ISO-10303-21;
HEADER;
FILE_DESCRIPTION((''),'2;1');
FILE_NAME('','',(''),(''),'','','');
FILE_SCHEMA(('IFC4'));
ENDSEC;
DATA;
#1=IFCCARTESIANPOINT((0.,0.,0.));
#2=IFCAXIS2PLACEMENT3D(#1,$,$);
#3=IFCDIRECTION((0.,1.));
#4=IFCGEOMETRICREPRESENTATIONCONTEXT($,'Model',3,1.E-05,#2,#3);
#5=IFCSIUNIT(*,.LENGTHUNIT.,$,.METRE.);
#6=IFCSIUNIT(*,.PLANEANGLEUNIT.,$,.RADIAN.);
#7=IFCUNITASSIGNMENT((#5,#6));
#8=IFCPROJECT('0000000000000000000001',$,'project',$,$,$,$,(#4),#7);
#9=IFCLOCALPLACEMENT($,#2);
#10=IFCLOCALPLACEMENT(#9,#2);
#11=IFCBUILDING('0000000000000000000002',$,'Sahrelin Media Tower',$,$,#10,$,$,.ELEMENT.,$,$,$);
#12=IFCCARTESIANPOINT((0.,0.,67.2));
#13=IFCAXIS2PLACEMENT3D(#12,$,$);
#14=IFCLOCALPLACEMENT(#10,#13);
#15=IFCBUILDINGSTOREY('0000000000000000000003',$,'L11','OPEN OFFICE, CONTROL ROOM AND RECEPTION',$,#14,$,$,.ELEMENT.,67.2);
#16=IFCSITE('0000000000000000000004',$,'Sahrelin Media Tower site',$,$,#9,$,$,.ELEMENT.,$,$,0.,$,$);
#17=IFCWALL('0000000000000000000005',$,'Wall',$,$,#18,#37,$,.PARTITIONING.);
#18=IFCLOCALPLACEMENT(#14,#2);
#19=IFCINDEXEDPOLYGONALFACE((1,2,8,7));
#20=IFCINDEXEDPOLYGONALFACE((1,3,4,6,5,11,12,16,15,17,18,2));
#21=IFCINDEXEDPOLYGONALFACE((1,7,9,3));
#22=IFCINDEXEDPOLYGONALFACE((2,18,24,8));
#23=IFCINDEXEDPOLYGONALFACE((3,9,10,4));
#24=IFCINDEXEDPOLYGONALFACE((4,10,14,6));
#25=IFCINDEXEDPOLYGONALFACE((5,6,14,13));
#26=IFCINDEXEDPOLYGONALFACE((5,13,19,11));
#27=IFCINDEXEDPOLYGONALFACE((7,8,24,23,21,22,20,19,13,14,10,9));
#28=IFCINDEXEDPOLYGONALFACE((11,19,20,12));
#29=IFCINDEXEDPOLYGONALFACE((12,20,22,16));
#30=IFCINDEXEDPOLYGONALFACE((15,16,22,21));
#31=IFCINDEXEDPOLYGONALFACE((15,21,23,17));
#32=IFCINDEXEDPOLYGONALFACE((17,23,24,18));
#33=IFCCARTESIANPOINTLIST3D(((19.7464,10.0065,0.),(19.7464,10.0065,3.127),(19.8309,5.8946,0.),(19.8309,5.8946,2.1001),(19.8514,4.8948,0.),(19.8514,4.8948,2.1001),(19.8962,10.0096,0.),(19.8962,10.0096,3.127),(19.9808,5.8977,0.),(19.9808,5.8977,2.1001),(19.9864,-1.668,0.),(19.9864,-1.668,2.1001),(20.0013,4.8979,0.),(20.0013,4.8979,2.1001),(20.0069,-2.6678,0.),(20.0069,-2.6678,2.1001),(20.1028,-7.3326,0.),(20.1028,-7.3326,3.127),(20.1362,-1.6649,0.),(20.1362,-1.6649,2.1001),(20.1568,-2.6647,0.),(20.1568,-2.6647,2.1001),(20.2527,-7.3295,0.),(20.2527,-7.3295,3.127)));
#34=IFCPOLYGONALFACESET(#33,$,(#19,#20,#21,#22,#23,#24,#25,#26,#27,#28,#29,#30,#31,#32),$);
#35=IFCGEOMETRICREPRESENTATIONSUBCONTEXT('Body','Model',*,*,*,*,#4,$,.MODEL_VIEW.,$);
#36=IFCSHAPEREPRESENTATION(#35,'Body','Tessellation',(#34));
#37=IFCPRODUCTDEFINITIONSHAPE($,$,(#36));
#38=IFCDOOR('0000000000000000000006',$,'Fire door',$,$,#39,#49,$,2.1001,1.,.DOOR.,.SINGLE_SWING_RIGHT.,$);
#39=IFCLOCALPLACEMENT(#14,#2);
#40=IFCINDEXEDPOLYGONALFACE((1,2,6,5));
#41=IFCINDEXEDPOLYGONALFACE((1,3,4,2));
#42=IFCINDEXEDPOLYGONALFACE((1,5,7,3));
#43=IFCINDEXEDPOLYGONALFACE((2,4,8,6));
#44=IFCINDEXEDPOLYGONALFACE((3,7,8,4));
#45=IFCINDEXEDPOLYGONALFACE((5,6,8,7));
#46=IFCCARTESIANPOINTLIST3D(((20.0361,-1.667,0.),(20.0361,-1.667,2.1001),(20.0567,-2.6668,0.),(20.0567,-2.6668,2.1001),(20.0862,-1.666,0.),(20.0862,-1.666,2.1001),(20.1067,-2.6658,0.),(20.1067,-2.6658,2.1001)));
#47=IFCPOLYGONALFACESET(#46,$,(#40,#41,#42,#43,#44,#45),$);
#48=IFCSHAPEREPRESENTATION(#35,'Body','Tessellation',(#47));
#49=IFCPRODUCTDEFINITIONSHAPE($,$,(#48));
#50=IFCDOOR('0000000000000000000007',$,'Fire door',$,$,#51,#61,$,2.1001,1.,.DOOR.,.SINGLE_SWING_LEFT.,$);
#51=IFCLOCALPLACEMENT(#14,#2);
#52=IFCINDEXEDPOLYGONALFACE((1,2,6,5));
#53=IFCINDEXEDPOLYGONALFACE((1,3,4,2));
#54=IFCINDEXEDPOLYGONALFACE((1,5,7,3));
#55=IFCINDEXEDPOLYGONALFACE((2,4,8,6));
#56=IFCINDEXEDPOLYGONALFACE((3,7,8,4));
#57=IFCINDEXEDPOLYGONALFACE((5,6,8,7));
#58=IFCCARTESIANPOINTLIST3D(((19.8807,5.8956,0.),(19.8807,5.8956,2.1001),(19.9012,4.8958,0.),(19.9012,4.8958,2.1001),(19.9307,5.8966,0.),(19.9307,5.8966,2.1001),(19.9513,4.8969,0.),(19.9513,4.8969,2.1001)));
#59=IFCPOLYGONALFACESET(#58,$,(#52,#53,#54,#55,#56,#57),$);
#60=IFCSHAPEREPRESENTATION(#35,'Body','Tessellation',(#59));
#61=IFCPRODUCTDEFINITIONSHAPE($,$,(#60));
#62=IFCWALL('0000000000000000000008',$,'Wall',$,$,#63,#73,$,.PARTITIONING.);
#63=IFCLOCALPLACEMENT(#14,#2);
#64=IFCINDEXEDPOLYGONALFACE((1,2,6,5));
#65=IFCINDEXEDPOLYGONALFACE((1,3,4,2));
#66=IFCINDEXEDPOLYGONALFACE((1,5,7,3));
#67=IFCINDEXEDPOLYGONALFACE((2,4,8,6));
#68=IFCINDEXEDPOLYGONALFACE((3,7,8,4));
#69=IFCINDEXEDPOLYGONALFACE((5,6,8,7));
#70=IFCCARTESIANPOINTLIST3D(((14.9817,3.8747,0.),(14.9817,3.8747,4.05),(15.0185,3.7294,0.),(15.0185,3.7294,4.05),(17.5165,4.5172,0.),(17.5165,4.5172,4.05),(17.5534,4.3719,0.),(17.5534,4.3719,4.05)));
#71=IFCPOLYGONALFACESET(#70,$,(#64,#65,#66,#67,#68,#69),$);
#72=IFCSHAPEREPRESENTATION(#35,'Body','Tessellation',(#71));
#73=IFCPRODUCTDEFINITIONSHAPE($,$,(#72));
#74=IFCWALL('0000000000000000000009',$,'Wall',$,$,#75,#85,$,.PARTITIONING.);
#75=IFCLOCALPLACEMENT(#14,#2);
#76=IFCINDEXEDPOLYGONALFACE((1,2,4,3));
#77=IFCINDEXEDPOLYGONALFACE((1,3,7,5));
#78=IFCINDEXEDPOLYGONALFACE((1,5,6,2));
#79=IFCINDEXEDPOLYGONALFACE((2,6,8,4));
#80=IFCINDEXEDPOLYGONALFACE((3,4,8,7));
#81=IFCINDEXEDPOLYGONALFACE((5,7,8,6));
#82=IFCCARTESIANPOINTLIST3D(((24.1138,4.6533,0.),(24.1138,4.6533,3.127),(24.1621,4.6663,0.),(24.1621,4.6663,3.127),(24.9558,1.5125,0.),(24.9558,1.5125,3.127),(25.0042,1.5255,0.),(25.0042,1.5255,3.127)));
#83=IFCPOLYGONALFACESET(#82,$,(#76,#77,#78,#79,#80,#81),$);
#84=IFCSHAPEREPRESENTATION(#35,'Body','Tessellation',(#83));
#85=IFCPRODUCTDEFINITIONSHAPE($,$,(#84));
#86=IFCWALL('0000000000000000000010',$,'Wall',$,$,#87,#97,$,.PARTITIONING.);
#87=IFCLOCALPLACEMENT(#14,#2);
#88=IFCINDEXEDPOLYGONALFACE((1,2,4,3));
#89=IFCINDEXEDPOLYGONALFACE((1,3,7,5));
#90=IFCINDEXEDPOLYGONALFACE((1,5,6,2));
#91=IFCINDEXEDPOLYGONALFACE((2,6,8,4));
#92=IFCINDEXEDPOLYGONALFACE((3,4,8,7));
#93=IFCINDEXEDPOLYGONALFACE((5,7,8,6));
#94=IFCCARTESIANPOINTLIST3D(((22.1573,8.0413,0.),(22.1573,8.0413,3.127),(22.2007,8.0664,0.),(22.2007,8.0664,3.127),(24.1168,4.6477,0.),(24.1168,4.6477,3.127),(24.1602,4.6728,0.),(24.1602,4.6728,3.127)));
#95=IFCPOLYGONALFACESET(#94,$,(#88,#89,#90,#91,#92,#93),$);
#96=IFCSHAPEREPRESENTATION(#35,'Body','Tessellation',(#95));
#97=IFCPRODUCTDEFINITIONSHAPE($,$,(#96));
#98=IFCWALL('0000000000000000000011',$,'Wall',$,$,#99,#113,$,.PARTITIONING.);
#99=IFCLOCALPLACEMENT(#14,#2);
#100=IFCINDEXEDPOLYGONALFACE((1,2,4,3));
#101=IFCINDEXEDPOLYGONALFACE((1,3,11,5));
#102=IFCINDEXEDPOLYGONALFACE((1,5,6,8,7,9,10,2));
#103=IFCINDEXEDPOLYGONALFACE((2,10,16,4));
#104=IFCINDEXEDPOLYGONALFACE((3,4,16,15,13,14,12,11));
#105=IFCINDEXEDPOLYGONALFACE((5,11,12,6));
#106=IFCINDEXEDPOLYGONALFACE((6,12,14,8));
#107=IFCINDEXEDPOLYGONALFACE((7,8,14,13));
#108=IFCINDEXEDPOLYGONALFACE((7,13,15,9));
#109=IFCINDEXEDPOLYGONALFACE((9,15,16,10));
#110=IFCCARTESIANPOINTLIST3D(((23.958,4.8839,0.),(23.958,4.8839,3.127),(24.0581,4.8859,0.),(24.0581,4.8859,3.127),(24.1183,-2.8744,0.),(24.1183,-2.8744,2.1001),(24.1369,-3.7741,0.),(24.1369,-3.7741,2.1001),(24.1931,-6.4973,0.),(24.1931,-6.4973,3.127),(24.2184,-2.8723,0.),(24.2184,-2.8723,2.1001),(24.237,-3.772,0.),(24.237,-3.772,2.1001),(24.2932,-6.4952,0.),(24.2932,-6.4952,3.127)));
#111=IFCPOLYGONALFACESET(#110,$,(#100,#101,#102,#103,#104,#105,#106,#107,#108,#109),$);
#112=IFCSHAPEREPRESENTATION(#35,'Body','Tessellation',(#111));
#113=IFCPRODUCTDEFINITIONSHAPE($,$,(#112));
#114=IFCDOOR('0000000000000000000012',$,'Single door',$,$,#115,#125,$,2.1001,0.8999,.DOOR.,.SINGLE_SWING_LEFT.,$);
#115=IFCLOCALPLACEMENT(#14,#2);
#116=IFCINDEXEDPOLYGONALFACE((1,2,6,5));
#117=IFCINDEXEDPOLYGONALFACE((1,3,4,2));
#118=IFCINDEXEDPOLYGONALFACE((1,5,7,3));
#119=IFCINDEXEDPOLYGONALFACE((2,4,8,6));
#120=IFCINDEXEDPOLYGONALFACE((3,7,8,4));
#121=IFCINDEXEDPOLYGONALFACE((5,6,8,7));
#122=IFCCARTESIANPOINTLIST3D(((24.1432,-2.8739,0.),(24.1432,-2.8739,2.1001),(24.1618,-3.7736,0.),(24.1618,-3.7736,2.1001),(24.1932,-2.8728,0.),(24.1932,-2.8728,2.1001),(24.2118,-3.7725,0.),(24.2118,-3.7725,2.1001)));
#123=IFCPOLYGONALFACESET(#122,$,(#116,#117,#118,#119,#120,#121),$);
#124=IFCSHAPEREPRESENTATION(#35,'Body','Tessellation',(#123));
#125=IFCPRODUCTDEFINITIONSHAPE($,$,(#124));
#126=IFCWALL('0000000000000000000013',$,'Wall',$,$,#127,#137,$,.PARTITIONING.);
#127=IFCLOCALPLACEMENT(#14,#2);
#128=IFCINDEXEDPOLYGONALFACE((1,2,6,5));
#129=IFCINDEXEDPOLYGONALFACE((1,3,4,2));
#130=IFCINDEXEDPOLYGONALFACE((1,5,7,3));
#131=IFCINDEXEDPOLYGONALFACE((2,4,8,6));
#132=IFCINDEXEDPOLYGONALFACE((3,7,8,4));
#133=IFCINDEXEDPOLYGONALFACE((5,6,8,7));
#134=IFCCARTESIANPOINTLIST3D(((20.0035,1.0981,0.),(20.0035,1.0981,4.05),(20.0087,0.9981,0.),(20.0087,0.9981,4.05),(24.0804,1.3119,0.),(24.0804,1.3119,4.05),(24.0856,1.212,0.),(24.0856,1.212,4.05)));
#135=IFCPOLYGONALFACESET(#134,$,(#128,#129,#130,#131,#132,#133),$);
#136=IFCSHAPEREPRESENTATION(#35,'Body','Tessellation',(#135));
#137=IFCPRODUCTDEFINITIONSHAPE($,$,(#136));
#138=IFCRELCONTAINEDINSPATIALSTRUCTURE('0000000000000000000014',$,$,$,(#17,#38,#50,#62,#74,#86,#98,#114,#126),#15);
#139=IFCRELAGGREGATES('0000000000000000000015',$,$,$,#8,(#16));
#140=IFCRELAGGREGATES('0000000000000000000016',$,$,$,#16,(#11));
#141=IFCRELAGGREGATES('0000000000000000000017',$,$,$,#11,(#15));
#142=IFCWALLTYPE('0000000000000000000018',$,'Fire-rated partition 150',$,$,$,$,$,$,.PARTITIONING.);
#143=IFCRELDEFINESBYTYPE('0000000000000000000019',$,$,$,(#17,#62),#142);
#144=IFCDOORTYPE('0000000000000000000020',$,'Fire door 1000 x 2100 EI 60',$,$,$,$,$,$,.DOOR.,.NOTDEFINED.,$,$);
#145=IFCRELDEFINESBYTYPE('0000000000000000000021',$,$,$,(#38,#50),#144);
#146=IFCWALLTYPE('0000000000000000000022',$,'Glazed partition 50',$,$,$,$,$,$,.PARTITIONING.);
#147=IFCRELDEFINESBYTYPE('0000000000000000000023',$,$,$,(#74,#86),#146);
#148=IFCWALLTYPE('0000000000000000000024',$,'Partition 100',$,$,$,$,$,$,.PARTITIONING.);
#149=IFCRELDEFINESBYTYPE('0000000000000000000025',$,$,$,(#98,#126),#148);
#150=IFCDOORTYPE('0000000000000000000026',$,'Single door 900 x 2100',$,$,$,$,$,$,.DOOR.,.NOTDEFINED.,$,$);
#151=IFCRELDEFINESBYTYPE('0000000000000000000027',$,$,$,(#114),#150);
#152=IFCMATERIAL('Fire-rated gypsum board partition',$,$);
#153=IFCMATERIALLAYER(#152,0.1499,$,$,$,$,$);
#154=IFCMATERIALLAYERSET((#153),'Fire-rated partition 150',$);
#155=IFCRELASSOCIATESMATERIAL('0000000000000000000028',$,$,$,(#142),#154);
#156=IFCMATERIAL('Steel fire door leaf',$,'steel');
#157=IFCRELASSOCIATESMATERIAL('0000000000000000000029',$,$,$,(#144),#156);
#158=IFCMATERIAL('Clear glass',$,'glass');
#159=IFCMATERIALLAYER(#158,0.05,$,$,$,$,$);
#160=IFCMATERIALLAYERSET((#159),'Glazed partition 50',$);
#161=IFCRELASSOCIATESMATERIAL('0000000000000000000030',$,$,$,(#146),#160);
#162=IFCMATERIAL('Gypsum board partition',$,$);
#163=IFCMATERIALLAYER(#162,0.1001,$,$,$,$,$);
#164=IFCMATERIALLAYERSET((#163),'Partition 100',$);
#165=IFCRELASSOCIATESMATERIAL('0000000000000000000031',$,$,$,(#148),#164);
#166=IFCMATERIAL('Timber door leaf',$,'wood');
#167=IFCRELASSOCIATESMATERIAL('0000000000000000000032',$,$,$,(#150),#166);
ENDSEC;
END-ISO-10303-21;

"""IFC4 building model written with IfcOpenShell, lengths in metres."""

from ifc_helpers import new_model, si_unit, direction, frame, frame_2d, origin, place, context, subcontext, project, spatial, rectangle, extrude, material, layer, layer_set, type_object, element, fill, save


model = new_model("IFC4")

# Units and contexts
model_context = context("Model", 3, precision=1e-05, world=origin(), true_north=direction((0.0, 1.0)))
body_context = subcontext(model_context, "Body", "Model", "MODEL_VIEW")
ifc_project = project(units=[si_unit("LENGTHUNIT", "METRE"), si_unit("PLANEANGLEUNIT", "RADIAN")], contexts=[model_context])

# Site, building, storey
site_placement = place(None, origin())
site = spatial("IfcSite", under=ifc_project, at=site_placement, Name="Sahrelin Media Tower site", CompositionType="ELEMENT", RefElevation=0.0)
building_placement = place(site_placement, origin())
building = spatial("IfcBuilding", under=site, at=building_placement, Name="Sahrelin Media Tower", CompositionType="ELEMENT")
storey_placement = place(building_placement, frame((0.0, 0.0, 67.2)))
storey = spatial("IfcBuildingStorey", under=building, at=storey_placement, Name="L11", Description="OPEN OFFICE, CONTROL ROOM AND RECEPTION", CompositionType="ELEMENT", Elevation=67.2)

# Shared definitions
ifc_material_1 = material(Name="Fire-rated gypsum board partition")
ifc_layer_1 = layer(ifc_material_1, 0.1499)
ifc_layer_set_1 = layer_set([ifc_layer_1], Name="Fire-rated partition 150")
wall_type_1 = type_object("IfcWallType", Name="Fire-rated partition 150", PredefinedType="PARTITIONING", material=ifc_layer_set_1)
ifc_material_2 = material(Name="Steel fire door leaf", Category="steel")
door_type_1 = type_object("IfcDoorType", Name="Fire door 1000 x 2100 EI 60", OperationType="NOTDEFINED", PredefinedType="DOOR", material=ifc_material_2)

# Wall, openings, doors
wall_1_placement = place(storey_placement, frame((19.8213, 10.0081, 0.0), z_axis=(0.0, 0.0, 1.0), x_axis=(0.020553, -0.999789, 0.0)))
wall_1 = element("IfcWall", 1, at=wall_1_placement, inside=storey, type_object=wall_type_1, Name="Wall", PredefinedType="PARTITIONING", context=body_context, shape_type="SweptSolid", body=[
    extrude(rectangle(XDim=17.3428, YDim=0.1499, at=frame_2d((8.6714, 0.0))), origin(), (0.0, 0.0, 1.0), 3.127),
])
opening_1_placement = place(wall_1_placement, frame((11.677, 0.0, 0.0)))
opening_1 = element("IfcOpeningElement", 2, at=opening_1_placement, cuts=wall_1, PredefinedType="OPENING", context=body_context, shape_type="SweptSolid", body=[
    extrude(rectangle(XDim=1.0, YDim=2.1001, at=frame_2d((0.5, 1.05))), frame((0.0, 0.075, 0.0), z_axis=(0.0, -1.0, 0.0), x_axis=(1.0, 0.0, 0.0)), (0.0, 0.0, 1.0), 0.1499),
])
opening_2_placement = place(wall_1_placement, frame((4.1128, 0.0, 0.0)))
opening_2 = element("IfcOpeningElement", 3, at=opening_2_placement, cuts=wall_1, PredefinedType="OPENING", context=body_context, shape_type="SweptSolid", body=[
    extrude(rectangle(XDim=1.0, YDim=2.1001, at=frame_2d((0.5, 1.05))), frame((0.0, 0.075, 0.0), z_axis=(0.0, -1.0, 0.0), x_axis=(1.0, 0.0, 0.0)), (0.0, 0.0, 1.0), 0.1499),
])
door_1_placement = place(opening_1_placement, origin())
door_1 = element("IfcDoor", 4, at=door_1_placement, inside=storey, type_object=door_type_1, Name="Fire door", OperationType="SINGLE_SWING_RIGHT", OverallHeight=2.1001, OverallWidth=1.0, PredefinedType="DOOR", context=body_context, shape_type="SweptSolid", body=[
    extrude(rectangle(XDim=1.0, YDim=2.1001, at=frame_2d((0.5, 1.05))), frame((0.0, 0.0249, 0.0), z_axis=(0.0, -1.0, 0.0), x_axis=(1.0, 0.0, 0.0)), (0.0, 0.0, 1.0), 0.05),
])
fill(opening_1, door_1)
door_2_placement = place(opening_2_placement, origin())
door_2 = element("IfcDoor", 5, at=door_2_placement, inside=storey, type_object=door_type_1, Name="Fire door", OperationType="SINGLE_SWING_LEFT", OverallHeight=2.1001, OverallWidth=1.0, PredefinedType="DOOR", context=body_context, shape_type="SweptSolid", body=[
    extrude(rectangle(XDim=1.0, YDim=2.1001, at=frame_2d((0.5, 1.05))), frame((0.0, 0.0249, 0.0), z_axis=(0.0, -1.0, 0.0), x_axis=(1.0, 0.0, 0.0)), (0.0, 0.0, 1.0), 0.05),
])
fill(opening_2, door_2)

# Walls
wall_2_placement = place(storey_placement, frame((15.0, 3.802, 0.0), z_axis=(0.0, 0.0, 1.0), x_axis=(0.969341, 0.245719, 0.0)))
element("IfcWall", 6, at=wall_2_placement, inside=storey, type_object=wall_type_1, Name="Wall", PredefinedType="PARTITIONING", context=body_context, shape_type="SweptSolid", body=[
    extrude(rectangle(XDim=2.615, YDim=0.1499, at=frame_2d((1.3076, 0.0))), origin(), (0.0, 0.0, 1.0), 4.05),
])
ifc_material_3 = material(Name="Clear glass", Category="glass")
ifc_layer_2 = layer(ifc_material_3, 0.05)
ifc_layer_set_2 = layer_set([ifc_layer_2], Name="Glazed partition 50")
wall_type_2 = type_object("IfcWallType", Name="Glazed partition 50", PredefinedType="PARTITIONING", material=ifc_layer_set_2)
wall_3_placement = place(storey_placement, frame((24.1379, 4.6599, 0.0), z_axis=(0.0, 0.0, 1.0), x_axis=(0.258947, -0.965891, 0.0)))
element("IfcWall", 7, at=wall_3_placement, inside=storey, type_object=wall_type_2, Name="Wall", PredefinedType="PARTITIONING", context=body_context, shape_type="SweptSolid", body=[
    extrude(rectangle(XDim=3.2517, YDim=0.05, at=frame_2d((1.626, 0.0))), origin(), (0.0, 0.0, 1.0), 3.127),
])
wall_4_placement = place(storey_placement, frame((22.179, 8.054, 0.0), z_axis=(0.0, 0.0, 1.0), x_axis=(0.500039, -0.866003, 0.0)))
element("IfcWall", 8, at=wall_4_placement, inside=storey, type_object=wall_type_2, Name="Wall", PredefinedType="PARTITIONING", context=body_context, shape_type="SweptSolid", body=[
    extrude(rectangle(XDim=3.9187, YDim=0.05, at=frame_2d((1.9595, 0.0))), origin(), (0.0, 0.0, 1.0), 3.127),
])

# Wall, opening, door
ifc_material_4 = material(Name="Gypsum board partition")
ifc_layer_3 = layer(ifc_material_4, 0.1001)
ifc_layer_set_3 = layer_set([ifc_layer_3], Name="Partition 100")
wall_type_3 = type_object("IfcWallType", Name="Partition 100", PredefinedType="PARTITIONING", material=ifc_layer_set_3)
wall_5_placement = place(storey_placement, frame((24.0081, 4.885, 0.0), z_axis=(0.0, 0.0, 1.0), x_axis=(0.020653, -0.999787, 0.0)))
wall_5 = element("IfcWall", 9, at=wall_5_placement, inside=storey, type_object=wall_type_3, Name="Wall", PredefinedType="PARTITIONING", context=body_context, shape_type="SweptSolid", body=[
    extrude(rectangle(XDim=11.3835, YDim=0.1001, at=frame_2d((5.6919, 0.0))), origin(), (0.0, 0.0, 1.0), 3.127),
])
opening_3_placement = place(wall_5_placement, frame((7.76, 0.0, 0.0)))
opening_3 = element("IfcOpeningElement", 10, at=opening_3_placement, cuts=wall_5, PredefinedType="OPENING", context=body_context, shape_type="SweptSolid", body=[
    extrude(rectangle(XDim=0.8999, YDim=2.1001, at=frame_2d((0.45, 1.05))), frame((0.0, 0.05, 0.0), z_axis=(0.0, -1.0, 0.0), x_axis=(1.0, 0.0, 0.0)), (0.0, 0.0, 1.0), 0.1001),
])
ifc_material_5 = material(Name="Timber door leaf", Category="wood")
door_type_2 = type_object("IfcDoorType", Name="Single door 900 x 2100", OperationType="NOTDEFINED", PredefinedType="DOOR", material=ifc_material_5)
door_3_placement = place(opening_3_placement, origin())
door_3 = element("IfcDoor", 11, at=door_3_placement, inside=storey, type_object=door_type_2, Name="Single door", OperationType="SINGLE_SWING_LEFT", OverallHeight=2.1001, OverallWidth=0.8999, PredefinedType="DOOR", context=body_context, shape_type="SweptSolid", body=[
    extrude(rectangle(XDim=0.8999, YDim=2.1001, at=frame_2d((0.45, 1.05))), frame((0.0, 0.0249, 0.0), z_axis=(0.0, -1.0, 0.0), x_axis=(1.0, 0.0, 0.0)), (0.0, 0.0, 1.0), 0.05),
])
fill(opening_3, door_3)

# Wall
wall_6_placement = place(storey_placement, frame((20.0061, 1.0481, 0.0), z_axis=(0.0, 0.0, 1.0), x_axis=(0.998627, 0.052386, 0.0)))
element("IfcWall", 12, at=wall_6_placement, inside=storey, type_object=wall_type_3, Name="Wall", PredefinedType="PARTITIONING", context=body_context, shape_type="SweptSolid", body=[
    extrude(rectangle(XDim=4.0825, YDim=0.1001, at=frame_2d((2.0413, 0.0))), origin(), (0.0, 0.0, 1.0), 4.05),
])

save(model, "model.ifc")
